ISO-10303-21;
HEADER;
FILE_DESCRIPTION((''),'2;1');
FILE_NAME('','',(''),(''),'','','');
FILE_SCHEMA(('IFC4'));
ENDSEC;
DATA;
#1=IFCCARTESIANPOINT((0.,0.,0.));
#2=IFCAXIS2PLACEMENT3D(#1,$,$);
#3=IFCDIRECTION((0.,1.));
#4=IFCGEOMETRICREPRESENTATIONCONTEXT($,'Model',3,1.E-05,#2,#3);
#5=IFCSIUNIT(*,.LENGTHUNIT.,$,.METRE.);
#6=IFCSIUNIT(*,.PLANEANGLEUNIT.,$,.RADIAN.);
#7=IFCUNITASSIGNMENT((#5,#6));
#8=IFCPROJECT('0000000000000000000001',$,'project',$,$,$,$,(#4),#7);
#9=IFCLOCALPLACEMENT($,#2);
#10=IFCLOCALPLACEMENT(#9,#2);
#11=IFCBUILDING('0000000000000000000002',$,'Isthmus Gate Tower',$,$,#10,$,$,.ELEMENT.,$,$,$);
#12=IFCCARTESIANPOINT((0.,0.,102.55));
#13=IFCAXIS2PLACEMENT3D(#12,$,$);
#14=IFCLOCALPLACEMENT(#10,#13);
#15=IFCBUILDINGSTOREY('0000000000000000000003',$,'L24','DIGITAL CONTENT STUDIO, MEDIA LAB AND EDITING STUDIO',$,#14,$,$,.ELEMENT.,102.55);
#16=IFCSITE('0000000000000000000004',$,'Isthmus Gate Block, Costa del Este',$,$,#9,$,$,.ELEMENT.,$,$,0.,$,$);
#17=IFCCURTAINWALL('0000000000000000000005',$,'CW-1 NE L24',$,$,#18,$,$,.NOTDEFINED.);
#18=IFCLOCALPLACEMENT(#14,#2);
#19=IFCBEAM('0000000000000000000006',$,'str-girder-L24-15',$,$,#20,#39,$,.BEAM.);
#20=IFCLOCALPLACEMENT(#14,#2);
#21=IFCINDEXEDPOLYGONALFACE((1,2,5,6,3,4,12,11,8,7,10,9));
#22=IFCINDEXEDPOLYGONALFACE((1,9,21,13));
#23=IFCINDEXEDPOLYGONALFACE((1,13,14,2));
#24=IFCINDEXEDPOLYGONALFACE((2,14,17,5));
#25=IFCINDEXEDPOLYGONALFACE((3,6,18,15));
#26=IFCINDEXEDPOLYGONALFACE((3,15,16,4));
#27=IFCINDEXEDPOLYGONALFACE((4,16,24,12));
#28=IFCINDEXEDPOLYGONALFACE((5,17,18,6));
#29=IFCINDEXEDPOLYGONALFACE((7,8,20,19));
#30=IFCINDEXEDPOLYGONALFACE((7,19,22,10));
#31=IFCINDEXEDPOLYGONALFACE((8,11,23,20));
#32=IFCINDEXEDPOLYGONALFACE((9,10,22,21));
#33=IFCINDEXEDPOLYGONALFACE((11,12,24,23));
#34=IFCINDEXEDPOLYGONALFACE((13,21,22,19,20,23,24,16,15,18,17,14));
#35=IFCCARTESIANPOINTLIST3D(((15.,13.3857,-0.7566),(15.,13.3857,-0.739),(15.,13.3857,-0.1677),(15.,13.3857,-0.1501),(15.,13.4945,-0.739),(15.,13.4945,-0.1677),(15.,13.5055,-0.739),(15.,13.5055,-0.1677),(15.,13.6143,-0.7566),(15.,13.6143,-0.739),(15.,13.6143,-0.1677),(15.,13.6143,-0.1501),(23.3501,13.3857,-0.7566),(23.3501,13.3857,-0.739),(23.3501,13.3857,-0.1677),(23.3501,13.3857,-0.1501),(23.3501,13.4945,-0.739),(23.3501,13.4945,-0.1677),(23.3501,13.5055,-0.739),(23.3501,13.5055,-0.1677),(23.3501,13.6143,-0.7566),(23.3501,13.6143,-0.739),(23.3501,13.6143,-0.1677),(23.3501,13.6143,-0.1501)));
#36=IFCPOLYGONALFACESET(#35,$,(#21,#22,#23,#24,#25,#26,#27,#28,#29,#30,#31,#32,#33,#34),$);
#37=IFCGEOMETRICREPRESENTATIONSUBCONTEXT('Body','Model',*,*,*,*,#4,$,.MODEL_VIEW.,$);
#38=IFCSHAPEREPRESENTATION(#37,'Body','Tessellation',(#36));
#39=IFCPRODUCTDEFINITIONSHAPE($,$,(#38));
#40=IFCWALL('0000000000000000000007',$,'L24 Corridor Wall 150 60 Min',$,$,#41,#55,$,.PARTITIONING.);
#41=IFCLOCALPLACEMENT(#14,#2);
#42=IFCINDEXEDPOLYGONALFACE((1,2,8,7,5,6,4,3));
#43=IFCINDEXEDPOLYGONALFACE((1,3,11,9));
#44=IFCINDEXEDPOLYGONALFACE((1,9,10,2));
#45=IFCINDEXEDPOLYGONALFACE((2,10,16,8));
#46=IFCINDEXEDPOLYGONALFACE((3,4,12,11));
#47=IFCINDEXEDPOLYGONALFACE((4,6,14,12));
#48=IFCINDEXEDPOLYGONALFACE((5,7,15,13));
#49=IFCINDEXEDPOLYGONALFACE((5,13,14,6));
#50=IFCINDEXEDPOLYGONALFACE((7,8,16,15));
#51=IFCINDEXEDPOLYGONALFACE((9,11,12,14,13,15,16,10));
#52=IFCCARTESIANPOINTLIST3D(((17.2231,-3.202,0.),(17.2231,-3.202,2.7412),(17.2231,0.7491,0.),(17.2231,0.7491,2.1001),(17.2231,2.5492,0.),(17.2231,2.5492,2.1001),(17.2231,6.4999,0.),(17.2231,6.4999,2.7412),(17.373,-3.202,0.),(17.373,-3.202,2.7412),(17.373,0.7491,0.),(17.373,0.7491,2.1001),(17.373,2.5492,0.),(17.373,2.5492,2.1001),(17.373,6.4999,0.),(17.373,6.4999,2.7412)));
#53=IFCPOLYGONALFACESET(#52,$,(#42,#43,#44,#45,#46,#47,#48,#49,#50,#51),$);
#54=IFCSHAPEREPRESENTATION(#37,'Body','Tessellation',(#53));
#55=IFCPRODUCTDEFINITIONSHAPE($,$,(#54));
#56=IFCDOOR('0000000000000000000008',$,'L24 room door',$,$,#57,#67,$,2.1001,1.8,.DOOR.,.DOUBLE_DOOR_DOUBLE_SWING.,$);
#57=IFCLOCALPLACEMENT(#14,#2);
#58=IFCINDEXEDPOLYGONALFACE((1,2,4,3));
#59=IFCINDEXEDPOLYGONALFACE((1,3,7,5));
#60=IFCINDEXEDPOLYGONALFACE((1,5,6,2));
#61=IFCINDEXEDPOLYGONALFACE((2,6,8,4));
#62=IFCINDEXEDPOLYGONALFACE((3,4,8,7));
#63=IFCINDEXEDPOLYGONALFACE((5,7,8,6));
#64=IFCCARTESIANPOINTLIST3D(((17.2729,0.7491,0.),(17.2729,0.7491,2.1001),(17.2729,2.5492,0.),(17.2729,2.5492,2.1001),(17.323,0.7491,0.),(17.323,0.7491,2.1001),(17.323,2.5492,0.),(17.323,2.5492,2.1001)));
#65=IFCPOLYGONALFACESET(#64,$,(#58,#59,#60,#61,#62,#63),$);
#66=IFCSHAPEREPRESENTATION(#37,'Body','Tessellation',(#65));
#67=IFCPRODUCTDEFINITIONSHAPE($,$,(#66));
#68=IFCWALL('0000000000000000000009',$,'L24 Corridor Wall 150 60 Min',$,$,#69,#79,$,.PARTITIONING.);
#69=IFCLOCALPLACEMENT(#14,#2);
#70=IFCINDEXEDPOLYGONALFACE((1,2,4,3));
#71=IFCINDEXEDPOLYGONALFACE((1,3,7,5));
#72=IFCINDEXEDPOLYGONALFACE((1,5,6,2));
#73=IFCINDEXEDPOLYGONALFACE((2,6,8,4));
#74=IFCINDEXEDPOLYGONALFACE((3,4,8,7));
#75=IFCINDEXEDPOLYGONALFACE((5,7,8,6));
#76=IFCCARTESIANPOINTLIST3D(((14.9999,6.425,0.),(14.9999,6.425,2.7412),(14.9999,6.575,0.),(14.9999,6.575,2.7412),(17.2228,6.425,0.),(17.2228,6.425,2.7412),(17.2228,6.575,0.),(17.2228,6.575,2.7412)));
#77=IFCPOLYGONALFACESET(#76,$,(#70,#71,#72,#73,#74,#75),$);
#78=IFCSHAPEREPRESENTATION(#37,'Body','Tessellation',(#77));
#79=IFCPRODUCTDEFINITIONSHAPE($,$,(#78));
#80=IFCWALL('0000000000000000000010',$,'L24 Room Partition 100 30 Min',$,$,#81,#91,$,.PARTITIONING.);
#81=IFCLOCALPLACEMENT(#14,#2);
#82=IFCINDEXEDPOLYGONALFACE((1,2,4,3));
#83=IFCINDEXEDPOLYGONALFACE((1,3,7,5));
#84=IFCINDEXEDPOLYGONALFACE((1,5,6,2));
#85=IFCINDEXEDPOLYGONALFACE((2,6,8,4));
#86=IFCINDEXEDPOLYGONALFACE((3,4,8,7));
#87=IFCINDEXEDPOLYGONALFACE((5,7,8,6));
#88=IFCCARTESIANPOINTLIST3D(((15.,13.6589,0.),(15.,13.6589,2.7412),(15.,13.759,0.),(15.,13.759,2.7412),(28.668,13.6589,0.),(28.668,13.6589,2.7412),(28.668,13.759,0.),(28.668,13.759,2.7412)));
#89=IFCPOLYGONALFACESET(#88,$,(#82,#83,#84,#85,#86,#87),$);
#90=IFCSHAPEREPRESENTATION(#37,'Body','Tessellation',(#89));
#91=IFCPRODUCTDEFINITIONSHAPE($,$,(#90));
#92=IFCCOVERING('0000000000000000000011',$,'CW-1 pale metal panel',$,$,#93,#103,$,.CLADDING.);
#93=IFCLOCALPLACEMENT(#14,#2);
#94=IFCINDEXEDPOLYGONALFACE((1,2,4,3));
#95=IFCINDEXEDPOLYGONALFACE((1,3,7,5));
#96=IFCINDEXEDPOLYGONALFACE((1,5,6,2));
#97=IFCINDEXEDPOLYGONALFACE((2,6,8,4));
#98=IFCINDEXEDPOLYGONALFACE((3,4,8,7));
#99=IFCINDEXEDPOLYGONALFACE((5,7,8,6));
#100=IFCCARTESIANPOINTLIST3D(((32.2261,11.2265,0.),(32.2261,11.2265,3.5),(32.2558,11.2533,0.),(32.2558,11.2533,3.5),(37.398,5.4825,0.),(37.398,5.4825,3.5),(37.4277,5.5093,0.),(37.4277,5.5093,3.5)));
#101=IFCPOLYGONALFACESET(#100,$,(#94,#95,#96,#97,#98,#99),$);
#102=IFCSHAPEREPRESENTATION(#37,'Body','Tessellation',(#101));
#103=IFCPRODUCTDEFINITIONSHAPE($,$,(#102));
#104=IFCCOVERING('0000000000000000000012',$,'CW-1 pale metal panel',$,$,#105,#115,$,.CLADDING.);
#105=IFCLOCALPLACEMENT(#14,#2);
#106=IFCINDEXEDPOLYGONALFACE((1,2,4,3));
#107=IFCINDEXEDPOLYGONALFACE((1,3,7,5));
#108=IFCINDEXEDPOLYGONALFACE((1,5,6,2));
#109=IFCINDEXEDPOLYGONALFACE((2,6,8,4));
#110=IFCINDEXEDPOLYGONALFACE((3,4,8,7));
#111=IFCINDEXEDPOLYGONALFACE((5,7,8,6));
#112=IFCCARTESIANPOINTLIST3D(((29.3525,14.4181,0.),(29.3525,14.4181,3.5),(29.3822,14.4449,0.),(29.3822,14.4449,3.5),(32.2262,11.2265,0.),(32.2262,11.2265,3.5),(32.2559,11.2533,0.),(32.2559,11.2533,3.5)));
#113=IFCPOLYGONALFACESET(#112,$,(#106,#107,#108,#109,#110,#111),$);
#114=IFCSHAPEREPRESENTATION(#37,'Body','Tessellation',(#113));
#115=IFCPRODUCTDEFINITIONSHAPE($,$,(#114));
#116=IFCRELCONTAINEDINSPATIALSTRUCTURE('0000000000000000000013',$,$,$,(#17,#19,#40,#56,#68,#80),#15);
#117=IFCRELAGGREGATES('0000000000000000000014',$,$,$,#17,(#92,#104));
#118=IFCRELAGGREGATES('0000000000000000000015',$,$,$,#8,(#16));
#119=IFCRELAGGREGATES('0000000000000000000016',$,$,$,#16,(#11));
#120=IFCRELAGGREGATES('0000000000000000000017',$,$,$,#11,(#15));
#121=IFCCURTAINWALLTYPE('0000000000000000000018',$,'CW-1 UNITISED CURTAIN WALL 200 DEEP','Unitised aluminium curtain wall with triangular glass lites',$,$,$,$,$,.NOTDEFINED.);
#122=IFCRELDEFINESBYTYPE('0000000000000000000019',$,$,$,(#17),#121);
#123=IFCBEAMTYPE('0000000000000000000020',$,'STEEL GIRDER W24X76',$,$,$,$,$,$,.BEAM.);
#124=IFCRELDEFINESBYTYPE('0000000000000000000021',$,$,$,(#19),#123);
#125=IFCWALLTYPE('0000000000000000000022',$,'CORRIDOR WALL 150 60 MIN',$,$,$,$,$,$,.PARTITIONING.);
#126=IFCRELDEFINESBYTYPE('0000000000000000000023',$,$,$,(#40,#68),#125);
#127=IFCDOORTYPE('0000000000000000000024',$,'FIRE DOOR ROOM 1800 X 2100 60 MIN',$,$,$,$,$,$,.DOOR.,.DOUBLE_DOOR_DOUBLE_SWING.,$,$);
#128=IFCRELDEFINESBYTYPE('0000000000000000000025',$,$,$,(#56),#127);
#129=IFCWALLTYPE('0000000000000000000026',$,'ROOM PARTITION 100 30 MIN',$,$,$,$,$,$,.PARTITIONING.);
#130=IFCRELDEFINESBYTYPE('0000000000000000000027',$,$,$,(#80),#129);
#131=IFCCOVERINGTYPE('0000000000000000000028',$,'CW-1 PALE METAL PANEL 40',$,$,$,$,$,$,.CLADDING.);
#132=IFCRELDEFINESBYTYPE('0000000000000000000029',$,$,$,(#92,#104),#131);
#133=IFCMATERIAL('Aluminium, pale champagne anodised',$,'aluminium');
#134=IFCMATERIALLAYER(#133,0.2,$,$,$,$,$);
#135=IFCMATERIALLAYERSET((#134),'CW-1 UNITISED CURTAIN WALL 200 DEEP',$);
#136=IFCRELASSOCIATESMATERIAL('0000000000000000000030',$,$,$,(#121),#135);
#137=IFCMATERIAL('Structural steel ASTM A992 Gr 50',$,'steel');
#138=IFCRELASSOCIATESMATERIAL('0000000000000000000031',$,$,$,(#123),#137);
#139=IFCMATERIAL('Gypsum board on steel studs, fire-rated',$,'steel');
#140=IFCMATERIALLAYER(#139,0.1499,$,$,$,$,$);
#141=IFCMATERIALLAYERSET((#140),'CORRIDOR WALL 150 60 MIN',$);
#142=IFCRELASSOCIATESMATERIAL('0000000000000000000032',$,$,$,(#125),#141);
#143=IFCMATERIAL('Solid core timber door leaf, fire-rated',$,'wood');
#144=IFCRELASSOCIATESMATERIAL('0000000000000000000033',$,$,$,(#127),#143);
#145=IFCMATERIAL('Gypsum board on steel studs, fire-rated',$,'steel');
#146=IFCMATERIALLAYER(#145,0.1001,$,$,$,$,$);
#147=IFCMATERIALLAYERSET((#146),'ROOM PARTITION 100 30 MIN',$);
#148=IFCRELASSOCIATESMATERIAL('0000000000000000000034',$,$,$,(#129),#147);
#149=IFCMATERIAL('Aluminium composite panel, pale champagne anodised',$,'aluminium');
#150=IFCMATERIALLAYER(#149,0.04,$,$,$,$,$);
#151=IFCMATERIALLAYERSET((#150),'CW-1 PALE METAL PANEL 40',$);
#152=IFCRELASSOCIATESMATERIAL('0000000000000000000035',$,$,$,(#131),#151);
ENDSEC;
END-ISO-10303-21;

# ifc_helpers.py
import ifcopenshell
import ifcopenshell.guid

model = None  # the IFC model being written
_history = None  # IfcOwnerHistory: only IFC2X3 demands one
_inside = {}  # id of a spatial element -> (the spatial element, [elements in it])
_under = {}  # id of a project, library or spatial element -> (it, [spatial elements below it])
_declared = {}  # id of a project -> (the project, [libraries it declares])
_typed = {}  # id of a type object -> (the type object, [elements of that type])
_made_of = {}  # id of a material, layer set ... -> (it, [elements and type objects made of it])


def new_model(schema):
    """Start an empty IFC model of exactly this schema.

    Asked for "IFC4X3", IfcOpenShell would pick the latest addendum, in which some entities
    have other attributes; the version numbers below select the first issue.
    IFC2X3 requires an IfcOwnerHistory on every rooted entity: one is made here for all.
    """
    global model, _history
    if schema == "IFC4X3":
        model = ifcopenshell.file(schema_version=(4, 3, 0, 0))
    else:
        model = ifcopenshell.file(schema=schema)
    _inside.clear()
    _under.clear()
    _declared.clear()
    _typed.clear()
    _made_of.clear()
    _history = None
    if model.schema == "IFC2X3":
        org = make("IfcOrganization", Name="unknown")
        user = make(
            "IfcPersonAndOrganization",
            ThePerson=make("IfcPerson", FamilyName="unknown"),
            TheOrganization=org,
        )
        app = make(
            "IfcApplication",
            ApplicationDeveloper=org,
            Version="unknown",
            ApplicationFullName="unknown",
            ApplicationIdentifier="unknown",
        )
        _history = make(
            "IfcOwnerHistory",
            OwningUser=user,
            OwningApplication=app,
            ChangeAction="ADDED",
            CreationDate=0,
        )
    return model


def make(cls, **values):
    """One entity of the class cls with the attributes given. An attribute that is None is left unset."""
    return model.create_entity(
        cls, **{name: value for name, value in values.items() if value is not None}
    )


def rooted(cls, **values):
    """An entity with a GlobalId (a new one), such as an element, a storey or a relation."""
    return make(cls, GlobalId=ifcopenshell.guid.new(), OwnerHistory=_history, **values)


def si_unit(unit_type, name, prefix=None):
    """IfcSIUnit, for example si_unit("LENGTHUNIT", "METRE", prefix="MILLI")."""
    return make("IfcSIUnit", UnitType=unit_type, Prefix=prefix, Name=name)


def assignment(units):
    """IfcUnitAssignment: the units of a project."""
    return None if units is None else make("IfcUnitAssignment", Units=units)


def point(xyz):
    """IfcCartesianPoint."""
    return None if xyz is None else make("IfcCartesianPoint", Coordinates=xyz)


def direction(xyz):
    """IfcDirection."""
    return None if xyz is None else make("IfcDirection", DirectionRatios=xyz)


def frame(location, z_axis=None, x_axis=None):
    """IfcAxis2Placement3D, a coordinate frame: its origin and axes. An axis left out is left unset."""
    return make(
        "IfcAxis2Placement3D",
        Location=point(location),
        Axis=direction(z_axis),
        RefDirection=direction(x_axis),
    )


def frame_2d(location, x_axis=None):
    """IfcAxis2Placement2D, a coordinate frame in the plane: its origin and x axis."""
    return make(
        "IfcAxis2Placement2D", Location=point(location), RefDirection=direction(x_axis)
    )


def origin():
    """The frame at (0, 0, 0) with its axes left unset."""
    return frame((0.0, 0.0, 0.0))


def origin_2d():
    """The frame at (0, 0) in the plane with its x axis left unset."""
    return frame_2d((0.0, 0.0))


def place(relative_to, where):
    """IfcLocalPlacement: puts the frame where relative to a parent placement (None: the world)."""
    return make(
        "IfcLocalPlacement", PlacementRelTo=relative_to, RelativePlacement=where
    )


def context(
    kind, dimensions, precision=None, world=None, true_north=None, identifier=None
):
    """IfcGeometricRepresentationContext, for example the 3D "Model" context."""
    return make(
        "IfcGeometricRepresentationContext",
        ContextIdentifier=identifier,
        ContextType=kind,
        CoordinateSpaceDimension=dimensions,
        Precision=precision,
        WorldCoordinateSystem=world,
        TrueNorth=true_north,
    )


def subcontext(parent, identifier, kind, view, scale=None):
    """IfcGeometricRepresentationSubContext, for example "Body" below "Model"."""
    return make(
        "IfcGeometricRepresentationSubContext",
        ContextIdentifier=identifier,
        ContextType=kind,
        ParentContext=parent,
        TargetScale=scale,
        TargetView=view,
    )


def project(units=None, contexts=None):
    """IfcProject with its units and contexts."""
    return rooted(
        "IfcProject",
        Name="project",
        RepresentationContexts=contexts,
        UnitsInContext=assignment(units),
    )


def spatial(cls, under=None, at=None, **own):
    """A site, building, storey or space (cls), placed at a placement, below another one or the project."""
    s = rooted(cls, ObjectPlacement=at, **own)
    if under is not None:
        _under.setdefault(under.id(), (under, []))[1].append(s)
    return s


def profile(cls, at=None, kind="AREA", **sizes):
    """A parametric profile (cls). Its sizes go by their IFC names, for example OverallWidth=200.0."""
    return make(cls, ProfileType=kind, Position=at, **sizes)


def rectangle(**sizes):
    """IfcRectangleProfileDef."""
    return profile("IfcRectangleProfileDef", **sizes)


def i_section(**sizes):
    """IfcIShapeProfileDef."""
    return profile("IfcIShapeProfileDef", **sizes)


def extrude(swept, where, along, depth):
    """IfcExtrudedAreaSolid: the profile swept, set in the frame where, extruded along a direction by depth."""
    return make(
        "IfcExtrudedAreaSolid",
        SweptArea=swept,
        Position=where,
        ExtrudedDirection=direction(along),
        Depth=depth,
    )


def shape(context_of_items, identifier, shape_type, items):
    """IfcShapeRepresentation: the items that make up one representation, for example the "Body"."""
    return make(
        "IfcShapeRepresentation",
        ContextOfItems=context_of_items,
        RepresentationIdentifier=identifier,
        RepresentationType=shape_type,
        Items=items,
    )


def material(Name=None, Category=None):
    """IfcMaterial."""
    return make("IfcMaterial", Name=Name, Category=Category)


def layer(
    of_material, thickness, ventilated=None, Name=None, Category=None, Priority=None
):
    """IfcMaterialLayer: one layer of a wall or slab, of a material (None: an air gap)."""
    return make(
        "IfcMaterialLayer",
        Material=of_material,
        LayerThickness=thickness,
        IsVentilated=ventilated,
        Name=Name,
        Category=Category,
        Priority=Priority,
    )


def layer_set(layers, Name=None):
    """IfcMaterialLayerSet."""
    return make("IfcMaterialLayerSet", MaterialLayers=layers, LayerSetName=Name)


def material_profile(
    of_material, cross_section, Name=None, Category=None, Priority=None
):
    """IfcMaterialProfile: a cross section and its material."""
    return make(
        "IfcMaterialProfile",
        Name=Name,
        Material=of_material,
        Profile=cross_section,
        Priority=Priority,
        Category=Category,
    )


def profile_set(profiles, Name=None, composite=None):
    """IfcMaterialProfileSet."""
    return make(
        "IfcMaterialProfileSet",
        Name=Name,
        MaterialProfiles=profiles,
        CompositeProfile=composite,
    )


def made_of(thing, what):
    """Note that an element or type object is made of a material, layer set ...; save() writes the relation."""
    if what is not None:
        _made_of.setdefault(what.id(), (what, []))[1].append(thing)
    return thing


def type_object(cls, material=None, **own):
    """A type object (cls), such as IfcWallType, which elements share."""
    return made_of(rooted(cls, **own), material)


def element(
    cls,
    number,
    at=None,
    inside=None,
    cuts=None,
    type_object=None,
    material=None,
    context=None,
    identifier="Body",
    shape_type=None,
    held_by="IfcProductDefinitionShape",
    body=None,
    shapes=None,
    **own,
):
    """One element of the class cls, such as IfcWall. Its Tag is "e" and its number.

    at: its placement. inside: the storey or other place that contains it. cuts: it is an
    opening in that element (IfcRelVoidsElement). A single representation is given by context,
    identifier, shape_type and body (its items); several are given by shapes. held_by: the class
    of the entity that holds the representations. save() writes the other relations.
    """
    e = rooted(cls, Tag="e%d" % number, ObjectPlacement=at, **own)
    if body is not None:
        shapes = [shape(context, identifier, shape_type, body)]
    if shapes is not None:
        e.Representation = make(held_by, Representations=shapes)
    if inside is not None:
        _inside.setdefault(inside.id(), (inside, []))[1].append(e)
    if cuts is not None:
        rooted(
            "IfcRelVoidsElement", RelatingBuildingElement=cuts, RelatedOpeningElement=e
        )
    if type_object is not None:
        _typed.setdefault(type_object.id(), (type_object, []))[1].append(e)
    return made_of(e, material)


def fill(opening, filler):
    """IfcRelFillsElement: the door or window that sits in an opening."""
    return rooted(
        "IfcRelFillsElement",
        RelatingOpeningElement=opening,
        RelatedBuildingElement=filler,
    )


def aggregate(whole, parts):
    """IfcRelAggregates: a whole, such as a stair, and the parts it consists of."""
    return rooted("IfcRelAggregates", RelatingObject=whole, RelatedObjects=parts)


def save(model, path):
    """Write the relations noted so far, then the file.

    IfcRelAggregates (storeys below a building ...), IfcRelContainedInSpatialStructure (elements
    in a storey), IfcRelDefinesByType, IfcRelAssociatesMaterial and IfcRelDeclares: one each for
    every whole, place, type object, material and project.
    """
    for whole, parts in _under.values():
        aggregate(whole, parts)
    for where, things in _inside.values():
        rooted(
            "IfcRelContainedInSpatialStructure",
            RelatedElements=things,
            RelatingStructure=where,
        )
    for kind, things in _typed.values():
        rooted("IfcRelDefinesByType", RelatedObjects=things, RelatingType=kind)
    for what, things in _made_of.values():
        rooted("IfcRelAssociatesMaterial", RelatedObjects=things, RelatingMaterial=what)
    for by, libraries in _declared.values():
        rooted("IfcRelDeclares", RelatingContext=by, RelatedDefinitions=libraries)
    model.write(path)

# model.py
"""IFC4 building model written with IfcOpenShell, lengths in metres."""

from ifc_helpers import new_model, si_unit, direction, frame, frame_2d, origin, origin_2d, place, context, subcontext, project, spatial, rectangle, i_section, extrude, material, layer, layer_set, material_profile, profile_set, type_object, element, fill, aggregate, save


model = new_model("IFC4")

# Units and contexts
model_context = context("Model", 3, precision=1e-05, world=origin(), true_north=direction((0.0, 1.0)))
body_context = subcontext(model_context, "Body", "Model", "MODEL_VIEW")
ifc_project = project(units=[si_unit("LENGTHUNIT", "METRE"), si_unit("PLANEANGLEUNIT", "RADIAN")], contexts=[model_context])

# Site, building, storey
site_placement = place(None, origin())
site = spatial("IfcSite", under=ifc_project, at=site_placement, Name="Isthmus Gate Block, Costa del Este", CompositionType="ELEMENT", RefElevation=0.0)
building_placement = place(site_placement, origin())
building = spatial("IfcBuilding", under=site, at=building_placement, Name="Isthmus Gate Tower", CompositionType="ELEMENT")
storey_placement = place(building_placement, frame((0.0, 0.0, 102.55)))
storey = spatial("IfcBuildingStorey", under=building, at=storey_placement, Name="L24", Description="DIGITAL CONTENT STUDIO, MEDIA LAB AND EDITING STUDIO", CompositionType="ELEMENT", Elevation=102.55)

# Curtain wall
ifc_material_1 = material(Name="Aluminium, pale champagne anodised", Category="aluminium")
ifc_layer_1 = layer(ifc_material_1, 0.2)
ifc_layer_set_1 = layer_set([ifc_layer_1], Name="CW-1 UNITISED CURTAIN WALL 200 DEEP")
curtain_wall_type = type_object("IfcCurtainWallType", Name="CW-1 UNITISED CURTAIN WALL 200 DEEP", Description="Unitised aluminium curtain wall with triangular glass lites", PredefinedType="NOTDEFINED", material=ifc_layer_set_1)
curtain_wall_placement = place(storey_placement, origin())
curtain_wall = element("IfcCurtainWall", 1, at=curtain_wall_placement, inside=storey, type_object=curtain_wall_type, Name="CW-1 NE L24", PredefinedType="NOTDEFINED")

# Beam
ifc_material_2 = material(Name="Structural steel ASTM A992 Gr 50", Category="steel")
ifc_material_profile_1 = material_profile(ifc_material_2, i_section(OverallWidth=0.2285, OverallDepth=0.6064, WebThickness=0.011, FlangeThickness=0.0176, at=origin_2d()), Name="W24X76")
ifc_profile_set_1 = profile_set([ifc_material_profile_1], Name="Structural steel ASTM A992 Gr 50")
beam_type_1 = type_object("IfcBeamType", Name="STEEL GIRDER W24X76", PredefinedType="BEAM", material=ifc_profile_set_1)
beam_1_placement = place(storey_placement, frame((15.0, 13.5, -0.4534), z_axis=(1.0, 0.0, 0.0), x_axis=(0.0, 1.0, 0.0)))
element("IfcBeam", 2, at=beam_1_placement, inside=storey, type_object=beam_type_1, Name="str-girder-L24-15", PredefinedType="BEAM", context=body_context, shape_type="SweptSolid", body=[
    extrude(i_section(OverallWidth=0.2285, OverallDepth=0.6064, WebThickness=0.011, FlangeThickness=0.0176, at=origin_2d()), origin(), (0.0, 0.0, 1.0), 8.3501),
])

# Wall, opening, door
ifc_material_3 = material(Name="Gypsum board on steel studs, fire-rated", Category="steel")
ifc_layer_2 = layer(ifc_material_3, 0.1499)
ifc_layer_set_2 = layer_set([ifc_layer_2], Name="CORRIDOR WALL 150 60 MIN")
wall_type_1 = type_object("IfcWallType", Name="CORRIDOR WALL 150 60 MIN", PredefinedType="PARTITIONING", material=ifc_layer_set_2)
wall_1_placement = place(storey_placement, frame((17.2981, 6.5, 0.0), z_axis=(0.0, 0.0, 1.0), x_axis=(0.0, -1.0, 0.0)))
wall_1 = element("IfcWall", 3, at=wall_1_placement, inside=storey, type_object=wall_type_1, Name="L24 Corridor Wall 150 60 Min", PredefinedType="PARTITIONING", context=body_context, shape_type="SweptSolid", body=[
    extrude(rectangle(XDim=9.7019, YDim=0.1499, at=frame_2d((4.8511, 0.0))), origin(), (0.0, 0.0, 1.0), 2.7412),
])
opening_placement = place(wall_1_placement, frame((3.9509, 0.0, 0.0)))
opening = element("IfcOpeningElement", 4, at=opening_placement, cuts=wall_1, PredefinedType="OPENING", context=body_context, shape_type="SweptSolid", body=[
    extrude(rectangle(XDim=1.8, YDim=2.1001, at=frame_2d((0.8999, 1.05))), frame((0.0, 0.085, 0.0), z_axis=(0.0, -1.0, 0.0), x_axis=(1.0, 0.0, 0.0)), (0.0, 0.0, 1.0), 0.1699),
])
ifc_material_4 = material(Name="Solid core timber door leaf, fire-rated", Category="wood")
door_type = type_object("IfcDoorType", Name="FIRE DOOR ROOM 1800 X 2100 60 MIN", OperationType="DOUBLE_DOOR_DOUBLE_SWING", PredefinedType="DOOR", material=ifc_material_4)
door_placement = place(opening_placement, origin())
door = element("IfcDoor", 5, at=door_placement, inside=storey, type_object=door_type, Name="L24 room door", OperationType="DOUBLE_DOOR_DOUBLE_SWING", OverallHeight=2.1001, OverallWidth=1.8, PredefinedType="DOOR", context=body_context, shape_type="SweptSolid", body=[
    extrude(rectangle(XDim=1.8, YDim=2.1001, at=frame_2d((0.8999, 1.05))), frame((0.0, 0.0249, 0.0), z_axis=(0.0, -1.0, 0.0), x_axis=(1.0, 0.0, 0.0)), (0.0, 0.0, 1.0), 0.05),
])
fill(opening, door)

# Walls
wall_2_placement = place(storey_placement, frame((15.0, 6.5, 0.0), z_axis=(0.0, 0.0, 1.0), x_axis=(1.0, 0.0, 0.0)))
element("IfcWall", 6, at=wall_2_placement, inside=storey, type_object=wall_type_1, Name="L24 Corridor Wall 150 60 Min", PredefinedType="PARTITIONING", context=body_context, shape_type="SweptSolid", body=[
    extrude(rectangle(XDim=2.2229, YDim=0.1499, at=frame_2d((1.1113, 0.0))), origin(), (0.0, 0.0, 1.0), 2.7412),
])
ifc_material_5 = material(Name="Gypsum board on steel studs, fire-rated", Category="steel")
ifc_layer_3 = layer(ifc_material_5, 0.1001)
ifc_layer_set_3 = layer_set([ifc_layer_3], Name="ROOM PARTITION 100 30 MIN")
wall_type_2 = type_object("IfcWallType", Name="ROOM PARTITION 100 30 MIN", PredefinedType="PARTITIONING", material=ifc_layer_set_3)
wall_3_placement = place(storey_placement, frame((15.0, 13.709, 0.0), z_axis=(0.0, 0.0, 1.0), x_axis=(1.0, 0.0, 0.0)))
element("IfcWall", 7, at=wall_3_placement, inside=storey, type_object=wall_type_2, Name="L24 Room Partition 100 30 Min", PredefinedType="PARTITIONING", context=body_context, shape_type="SweptSolid", body=[
    extrude(rectangle(XDim=13.668, YDim=0.1001, at=frame_2d((6.834, 0.0))), origin(), (0.0, 0.0, 1.0), 2.7412),
])

# Coverings
ifc_material_6 = material(Name="Aluminium composite panel, pale champagne anodised", Category="aluminium")
ifc_layer_4 = layer(ifc_material_6, 0.04)
ifc_layer_set_4 = layer_set([ifc_layer_4], Name="CW-1 PALE METAL PANEL 40")
covering_type = type_object("IfcCoveringType", Name="CW-1 PALE METAL PANEL 40", PredefinedType="CLADDING", material=ifc_layer_set_4)
covering_1_placement = place(storey_placement, frame((34.8269, 8.3679, 0.0), z_axis=(0.0, 0.0, 1.0), x_axis=(-0.669131, 0.743145, 0.0)))
covering_1 = element("IfcCovering", 8, at=covering_1_placement, type_object=covering_type, Name="CW-1 pale metal panel", PredefinedType="CLADDING", context=body_context, shape_type="SweptSolid", body=[
    extrude(rectangle(XDim=7.7292, YDim=0.04, at=origin_2d()), origin(), (0.0, 0.0, 1.0), 3.5),
])
covering_2_placement = place(storey_placement, frame((30.8042, 12.8357, 0.0), z_axis=(0.0, 0.0, 1.0), x_axis=(-0.669131, 0.743145, 0.0)))
covering_2 = element("IfcCovering", 9, at=covering_2_placement, type_object=covering_type, Name="CW-1 pale metal panel", PredefinedType="CLADDING", context=body_context, shape_type="SweptSolid", body=[
    extrude(rectangle(XDim=4.2947, YDim=0.04, at=origin_2d()), origin(), (0.0, 0.0, 1.0), 3.5),
])
aggregate(curtain_wall, [covering_1, covering_2])

save(model, "model.ifc")
